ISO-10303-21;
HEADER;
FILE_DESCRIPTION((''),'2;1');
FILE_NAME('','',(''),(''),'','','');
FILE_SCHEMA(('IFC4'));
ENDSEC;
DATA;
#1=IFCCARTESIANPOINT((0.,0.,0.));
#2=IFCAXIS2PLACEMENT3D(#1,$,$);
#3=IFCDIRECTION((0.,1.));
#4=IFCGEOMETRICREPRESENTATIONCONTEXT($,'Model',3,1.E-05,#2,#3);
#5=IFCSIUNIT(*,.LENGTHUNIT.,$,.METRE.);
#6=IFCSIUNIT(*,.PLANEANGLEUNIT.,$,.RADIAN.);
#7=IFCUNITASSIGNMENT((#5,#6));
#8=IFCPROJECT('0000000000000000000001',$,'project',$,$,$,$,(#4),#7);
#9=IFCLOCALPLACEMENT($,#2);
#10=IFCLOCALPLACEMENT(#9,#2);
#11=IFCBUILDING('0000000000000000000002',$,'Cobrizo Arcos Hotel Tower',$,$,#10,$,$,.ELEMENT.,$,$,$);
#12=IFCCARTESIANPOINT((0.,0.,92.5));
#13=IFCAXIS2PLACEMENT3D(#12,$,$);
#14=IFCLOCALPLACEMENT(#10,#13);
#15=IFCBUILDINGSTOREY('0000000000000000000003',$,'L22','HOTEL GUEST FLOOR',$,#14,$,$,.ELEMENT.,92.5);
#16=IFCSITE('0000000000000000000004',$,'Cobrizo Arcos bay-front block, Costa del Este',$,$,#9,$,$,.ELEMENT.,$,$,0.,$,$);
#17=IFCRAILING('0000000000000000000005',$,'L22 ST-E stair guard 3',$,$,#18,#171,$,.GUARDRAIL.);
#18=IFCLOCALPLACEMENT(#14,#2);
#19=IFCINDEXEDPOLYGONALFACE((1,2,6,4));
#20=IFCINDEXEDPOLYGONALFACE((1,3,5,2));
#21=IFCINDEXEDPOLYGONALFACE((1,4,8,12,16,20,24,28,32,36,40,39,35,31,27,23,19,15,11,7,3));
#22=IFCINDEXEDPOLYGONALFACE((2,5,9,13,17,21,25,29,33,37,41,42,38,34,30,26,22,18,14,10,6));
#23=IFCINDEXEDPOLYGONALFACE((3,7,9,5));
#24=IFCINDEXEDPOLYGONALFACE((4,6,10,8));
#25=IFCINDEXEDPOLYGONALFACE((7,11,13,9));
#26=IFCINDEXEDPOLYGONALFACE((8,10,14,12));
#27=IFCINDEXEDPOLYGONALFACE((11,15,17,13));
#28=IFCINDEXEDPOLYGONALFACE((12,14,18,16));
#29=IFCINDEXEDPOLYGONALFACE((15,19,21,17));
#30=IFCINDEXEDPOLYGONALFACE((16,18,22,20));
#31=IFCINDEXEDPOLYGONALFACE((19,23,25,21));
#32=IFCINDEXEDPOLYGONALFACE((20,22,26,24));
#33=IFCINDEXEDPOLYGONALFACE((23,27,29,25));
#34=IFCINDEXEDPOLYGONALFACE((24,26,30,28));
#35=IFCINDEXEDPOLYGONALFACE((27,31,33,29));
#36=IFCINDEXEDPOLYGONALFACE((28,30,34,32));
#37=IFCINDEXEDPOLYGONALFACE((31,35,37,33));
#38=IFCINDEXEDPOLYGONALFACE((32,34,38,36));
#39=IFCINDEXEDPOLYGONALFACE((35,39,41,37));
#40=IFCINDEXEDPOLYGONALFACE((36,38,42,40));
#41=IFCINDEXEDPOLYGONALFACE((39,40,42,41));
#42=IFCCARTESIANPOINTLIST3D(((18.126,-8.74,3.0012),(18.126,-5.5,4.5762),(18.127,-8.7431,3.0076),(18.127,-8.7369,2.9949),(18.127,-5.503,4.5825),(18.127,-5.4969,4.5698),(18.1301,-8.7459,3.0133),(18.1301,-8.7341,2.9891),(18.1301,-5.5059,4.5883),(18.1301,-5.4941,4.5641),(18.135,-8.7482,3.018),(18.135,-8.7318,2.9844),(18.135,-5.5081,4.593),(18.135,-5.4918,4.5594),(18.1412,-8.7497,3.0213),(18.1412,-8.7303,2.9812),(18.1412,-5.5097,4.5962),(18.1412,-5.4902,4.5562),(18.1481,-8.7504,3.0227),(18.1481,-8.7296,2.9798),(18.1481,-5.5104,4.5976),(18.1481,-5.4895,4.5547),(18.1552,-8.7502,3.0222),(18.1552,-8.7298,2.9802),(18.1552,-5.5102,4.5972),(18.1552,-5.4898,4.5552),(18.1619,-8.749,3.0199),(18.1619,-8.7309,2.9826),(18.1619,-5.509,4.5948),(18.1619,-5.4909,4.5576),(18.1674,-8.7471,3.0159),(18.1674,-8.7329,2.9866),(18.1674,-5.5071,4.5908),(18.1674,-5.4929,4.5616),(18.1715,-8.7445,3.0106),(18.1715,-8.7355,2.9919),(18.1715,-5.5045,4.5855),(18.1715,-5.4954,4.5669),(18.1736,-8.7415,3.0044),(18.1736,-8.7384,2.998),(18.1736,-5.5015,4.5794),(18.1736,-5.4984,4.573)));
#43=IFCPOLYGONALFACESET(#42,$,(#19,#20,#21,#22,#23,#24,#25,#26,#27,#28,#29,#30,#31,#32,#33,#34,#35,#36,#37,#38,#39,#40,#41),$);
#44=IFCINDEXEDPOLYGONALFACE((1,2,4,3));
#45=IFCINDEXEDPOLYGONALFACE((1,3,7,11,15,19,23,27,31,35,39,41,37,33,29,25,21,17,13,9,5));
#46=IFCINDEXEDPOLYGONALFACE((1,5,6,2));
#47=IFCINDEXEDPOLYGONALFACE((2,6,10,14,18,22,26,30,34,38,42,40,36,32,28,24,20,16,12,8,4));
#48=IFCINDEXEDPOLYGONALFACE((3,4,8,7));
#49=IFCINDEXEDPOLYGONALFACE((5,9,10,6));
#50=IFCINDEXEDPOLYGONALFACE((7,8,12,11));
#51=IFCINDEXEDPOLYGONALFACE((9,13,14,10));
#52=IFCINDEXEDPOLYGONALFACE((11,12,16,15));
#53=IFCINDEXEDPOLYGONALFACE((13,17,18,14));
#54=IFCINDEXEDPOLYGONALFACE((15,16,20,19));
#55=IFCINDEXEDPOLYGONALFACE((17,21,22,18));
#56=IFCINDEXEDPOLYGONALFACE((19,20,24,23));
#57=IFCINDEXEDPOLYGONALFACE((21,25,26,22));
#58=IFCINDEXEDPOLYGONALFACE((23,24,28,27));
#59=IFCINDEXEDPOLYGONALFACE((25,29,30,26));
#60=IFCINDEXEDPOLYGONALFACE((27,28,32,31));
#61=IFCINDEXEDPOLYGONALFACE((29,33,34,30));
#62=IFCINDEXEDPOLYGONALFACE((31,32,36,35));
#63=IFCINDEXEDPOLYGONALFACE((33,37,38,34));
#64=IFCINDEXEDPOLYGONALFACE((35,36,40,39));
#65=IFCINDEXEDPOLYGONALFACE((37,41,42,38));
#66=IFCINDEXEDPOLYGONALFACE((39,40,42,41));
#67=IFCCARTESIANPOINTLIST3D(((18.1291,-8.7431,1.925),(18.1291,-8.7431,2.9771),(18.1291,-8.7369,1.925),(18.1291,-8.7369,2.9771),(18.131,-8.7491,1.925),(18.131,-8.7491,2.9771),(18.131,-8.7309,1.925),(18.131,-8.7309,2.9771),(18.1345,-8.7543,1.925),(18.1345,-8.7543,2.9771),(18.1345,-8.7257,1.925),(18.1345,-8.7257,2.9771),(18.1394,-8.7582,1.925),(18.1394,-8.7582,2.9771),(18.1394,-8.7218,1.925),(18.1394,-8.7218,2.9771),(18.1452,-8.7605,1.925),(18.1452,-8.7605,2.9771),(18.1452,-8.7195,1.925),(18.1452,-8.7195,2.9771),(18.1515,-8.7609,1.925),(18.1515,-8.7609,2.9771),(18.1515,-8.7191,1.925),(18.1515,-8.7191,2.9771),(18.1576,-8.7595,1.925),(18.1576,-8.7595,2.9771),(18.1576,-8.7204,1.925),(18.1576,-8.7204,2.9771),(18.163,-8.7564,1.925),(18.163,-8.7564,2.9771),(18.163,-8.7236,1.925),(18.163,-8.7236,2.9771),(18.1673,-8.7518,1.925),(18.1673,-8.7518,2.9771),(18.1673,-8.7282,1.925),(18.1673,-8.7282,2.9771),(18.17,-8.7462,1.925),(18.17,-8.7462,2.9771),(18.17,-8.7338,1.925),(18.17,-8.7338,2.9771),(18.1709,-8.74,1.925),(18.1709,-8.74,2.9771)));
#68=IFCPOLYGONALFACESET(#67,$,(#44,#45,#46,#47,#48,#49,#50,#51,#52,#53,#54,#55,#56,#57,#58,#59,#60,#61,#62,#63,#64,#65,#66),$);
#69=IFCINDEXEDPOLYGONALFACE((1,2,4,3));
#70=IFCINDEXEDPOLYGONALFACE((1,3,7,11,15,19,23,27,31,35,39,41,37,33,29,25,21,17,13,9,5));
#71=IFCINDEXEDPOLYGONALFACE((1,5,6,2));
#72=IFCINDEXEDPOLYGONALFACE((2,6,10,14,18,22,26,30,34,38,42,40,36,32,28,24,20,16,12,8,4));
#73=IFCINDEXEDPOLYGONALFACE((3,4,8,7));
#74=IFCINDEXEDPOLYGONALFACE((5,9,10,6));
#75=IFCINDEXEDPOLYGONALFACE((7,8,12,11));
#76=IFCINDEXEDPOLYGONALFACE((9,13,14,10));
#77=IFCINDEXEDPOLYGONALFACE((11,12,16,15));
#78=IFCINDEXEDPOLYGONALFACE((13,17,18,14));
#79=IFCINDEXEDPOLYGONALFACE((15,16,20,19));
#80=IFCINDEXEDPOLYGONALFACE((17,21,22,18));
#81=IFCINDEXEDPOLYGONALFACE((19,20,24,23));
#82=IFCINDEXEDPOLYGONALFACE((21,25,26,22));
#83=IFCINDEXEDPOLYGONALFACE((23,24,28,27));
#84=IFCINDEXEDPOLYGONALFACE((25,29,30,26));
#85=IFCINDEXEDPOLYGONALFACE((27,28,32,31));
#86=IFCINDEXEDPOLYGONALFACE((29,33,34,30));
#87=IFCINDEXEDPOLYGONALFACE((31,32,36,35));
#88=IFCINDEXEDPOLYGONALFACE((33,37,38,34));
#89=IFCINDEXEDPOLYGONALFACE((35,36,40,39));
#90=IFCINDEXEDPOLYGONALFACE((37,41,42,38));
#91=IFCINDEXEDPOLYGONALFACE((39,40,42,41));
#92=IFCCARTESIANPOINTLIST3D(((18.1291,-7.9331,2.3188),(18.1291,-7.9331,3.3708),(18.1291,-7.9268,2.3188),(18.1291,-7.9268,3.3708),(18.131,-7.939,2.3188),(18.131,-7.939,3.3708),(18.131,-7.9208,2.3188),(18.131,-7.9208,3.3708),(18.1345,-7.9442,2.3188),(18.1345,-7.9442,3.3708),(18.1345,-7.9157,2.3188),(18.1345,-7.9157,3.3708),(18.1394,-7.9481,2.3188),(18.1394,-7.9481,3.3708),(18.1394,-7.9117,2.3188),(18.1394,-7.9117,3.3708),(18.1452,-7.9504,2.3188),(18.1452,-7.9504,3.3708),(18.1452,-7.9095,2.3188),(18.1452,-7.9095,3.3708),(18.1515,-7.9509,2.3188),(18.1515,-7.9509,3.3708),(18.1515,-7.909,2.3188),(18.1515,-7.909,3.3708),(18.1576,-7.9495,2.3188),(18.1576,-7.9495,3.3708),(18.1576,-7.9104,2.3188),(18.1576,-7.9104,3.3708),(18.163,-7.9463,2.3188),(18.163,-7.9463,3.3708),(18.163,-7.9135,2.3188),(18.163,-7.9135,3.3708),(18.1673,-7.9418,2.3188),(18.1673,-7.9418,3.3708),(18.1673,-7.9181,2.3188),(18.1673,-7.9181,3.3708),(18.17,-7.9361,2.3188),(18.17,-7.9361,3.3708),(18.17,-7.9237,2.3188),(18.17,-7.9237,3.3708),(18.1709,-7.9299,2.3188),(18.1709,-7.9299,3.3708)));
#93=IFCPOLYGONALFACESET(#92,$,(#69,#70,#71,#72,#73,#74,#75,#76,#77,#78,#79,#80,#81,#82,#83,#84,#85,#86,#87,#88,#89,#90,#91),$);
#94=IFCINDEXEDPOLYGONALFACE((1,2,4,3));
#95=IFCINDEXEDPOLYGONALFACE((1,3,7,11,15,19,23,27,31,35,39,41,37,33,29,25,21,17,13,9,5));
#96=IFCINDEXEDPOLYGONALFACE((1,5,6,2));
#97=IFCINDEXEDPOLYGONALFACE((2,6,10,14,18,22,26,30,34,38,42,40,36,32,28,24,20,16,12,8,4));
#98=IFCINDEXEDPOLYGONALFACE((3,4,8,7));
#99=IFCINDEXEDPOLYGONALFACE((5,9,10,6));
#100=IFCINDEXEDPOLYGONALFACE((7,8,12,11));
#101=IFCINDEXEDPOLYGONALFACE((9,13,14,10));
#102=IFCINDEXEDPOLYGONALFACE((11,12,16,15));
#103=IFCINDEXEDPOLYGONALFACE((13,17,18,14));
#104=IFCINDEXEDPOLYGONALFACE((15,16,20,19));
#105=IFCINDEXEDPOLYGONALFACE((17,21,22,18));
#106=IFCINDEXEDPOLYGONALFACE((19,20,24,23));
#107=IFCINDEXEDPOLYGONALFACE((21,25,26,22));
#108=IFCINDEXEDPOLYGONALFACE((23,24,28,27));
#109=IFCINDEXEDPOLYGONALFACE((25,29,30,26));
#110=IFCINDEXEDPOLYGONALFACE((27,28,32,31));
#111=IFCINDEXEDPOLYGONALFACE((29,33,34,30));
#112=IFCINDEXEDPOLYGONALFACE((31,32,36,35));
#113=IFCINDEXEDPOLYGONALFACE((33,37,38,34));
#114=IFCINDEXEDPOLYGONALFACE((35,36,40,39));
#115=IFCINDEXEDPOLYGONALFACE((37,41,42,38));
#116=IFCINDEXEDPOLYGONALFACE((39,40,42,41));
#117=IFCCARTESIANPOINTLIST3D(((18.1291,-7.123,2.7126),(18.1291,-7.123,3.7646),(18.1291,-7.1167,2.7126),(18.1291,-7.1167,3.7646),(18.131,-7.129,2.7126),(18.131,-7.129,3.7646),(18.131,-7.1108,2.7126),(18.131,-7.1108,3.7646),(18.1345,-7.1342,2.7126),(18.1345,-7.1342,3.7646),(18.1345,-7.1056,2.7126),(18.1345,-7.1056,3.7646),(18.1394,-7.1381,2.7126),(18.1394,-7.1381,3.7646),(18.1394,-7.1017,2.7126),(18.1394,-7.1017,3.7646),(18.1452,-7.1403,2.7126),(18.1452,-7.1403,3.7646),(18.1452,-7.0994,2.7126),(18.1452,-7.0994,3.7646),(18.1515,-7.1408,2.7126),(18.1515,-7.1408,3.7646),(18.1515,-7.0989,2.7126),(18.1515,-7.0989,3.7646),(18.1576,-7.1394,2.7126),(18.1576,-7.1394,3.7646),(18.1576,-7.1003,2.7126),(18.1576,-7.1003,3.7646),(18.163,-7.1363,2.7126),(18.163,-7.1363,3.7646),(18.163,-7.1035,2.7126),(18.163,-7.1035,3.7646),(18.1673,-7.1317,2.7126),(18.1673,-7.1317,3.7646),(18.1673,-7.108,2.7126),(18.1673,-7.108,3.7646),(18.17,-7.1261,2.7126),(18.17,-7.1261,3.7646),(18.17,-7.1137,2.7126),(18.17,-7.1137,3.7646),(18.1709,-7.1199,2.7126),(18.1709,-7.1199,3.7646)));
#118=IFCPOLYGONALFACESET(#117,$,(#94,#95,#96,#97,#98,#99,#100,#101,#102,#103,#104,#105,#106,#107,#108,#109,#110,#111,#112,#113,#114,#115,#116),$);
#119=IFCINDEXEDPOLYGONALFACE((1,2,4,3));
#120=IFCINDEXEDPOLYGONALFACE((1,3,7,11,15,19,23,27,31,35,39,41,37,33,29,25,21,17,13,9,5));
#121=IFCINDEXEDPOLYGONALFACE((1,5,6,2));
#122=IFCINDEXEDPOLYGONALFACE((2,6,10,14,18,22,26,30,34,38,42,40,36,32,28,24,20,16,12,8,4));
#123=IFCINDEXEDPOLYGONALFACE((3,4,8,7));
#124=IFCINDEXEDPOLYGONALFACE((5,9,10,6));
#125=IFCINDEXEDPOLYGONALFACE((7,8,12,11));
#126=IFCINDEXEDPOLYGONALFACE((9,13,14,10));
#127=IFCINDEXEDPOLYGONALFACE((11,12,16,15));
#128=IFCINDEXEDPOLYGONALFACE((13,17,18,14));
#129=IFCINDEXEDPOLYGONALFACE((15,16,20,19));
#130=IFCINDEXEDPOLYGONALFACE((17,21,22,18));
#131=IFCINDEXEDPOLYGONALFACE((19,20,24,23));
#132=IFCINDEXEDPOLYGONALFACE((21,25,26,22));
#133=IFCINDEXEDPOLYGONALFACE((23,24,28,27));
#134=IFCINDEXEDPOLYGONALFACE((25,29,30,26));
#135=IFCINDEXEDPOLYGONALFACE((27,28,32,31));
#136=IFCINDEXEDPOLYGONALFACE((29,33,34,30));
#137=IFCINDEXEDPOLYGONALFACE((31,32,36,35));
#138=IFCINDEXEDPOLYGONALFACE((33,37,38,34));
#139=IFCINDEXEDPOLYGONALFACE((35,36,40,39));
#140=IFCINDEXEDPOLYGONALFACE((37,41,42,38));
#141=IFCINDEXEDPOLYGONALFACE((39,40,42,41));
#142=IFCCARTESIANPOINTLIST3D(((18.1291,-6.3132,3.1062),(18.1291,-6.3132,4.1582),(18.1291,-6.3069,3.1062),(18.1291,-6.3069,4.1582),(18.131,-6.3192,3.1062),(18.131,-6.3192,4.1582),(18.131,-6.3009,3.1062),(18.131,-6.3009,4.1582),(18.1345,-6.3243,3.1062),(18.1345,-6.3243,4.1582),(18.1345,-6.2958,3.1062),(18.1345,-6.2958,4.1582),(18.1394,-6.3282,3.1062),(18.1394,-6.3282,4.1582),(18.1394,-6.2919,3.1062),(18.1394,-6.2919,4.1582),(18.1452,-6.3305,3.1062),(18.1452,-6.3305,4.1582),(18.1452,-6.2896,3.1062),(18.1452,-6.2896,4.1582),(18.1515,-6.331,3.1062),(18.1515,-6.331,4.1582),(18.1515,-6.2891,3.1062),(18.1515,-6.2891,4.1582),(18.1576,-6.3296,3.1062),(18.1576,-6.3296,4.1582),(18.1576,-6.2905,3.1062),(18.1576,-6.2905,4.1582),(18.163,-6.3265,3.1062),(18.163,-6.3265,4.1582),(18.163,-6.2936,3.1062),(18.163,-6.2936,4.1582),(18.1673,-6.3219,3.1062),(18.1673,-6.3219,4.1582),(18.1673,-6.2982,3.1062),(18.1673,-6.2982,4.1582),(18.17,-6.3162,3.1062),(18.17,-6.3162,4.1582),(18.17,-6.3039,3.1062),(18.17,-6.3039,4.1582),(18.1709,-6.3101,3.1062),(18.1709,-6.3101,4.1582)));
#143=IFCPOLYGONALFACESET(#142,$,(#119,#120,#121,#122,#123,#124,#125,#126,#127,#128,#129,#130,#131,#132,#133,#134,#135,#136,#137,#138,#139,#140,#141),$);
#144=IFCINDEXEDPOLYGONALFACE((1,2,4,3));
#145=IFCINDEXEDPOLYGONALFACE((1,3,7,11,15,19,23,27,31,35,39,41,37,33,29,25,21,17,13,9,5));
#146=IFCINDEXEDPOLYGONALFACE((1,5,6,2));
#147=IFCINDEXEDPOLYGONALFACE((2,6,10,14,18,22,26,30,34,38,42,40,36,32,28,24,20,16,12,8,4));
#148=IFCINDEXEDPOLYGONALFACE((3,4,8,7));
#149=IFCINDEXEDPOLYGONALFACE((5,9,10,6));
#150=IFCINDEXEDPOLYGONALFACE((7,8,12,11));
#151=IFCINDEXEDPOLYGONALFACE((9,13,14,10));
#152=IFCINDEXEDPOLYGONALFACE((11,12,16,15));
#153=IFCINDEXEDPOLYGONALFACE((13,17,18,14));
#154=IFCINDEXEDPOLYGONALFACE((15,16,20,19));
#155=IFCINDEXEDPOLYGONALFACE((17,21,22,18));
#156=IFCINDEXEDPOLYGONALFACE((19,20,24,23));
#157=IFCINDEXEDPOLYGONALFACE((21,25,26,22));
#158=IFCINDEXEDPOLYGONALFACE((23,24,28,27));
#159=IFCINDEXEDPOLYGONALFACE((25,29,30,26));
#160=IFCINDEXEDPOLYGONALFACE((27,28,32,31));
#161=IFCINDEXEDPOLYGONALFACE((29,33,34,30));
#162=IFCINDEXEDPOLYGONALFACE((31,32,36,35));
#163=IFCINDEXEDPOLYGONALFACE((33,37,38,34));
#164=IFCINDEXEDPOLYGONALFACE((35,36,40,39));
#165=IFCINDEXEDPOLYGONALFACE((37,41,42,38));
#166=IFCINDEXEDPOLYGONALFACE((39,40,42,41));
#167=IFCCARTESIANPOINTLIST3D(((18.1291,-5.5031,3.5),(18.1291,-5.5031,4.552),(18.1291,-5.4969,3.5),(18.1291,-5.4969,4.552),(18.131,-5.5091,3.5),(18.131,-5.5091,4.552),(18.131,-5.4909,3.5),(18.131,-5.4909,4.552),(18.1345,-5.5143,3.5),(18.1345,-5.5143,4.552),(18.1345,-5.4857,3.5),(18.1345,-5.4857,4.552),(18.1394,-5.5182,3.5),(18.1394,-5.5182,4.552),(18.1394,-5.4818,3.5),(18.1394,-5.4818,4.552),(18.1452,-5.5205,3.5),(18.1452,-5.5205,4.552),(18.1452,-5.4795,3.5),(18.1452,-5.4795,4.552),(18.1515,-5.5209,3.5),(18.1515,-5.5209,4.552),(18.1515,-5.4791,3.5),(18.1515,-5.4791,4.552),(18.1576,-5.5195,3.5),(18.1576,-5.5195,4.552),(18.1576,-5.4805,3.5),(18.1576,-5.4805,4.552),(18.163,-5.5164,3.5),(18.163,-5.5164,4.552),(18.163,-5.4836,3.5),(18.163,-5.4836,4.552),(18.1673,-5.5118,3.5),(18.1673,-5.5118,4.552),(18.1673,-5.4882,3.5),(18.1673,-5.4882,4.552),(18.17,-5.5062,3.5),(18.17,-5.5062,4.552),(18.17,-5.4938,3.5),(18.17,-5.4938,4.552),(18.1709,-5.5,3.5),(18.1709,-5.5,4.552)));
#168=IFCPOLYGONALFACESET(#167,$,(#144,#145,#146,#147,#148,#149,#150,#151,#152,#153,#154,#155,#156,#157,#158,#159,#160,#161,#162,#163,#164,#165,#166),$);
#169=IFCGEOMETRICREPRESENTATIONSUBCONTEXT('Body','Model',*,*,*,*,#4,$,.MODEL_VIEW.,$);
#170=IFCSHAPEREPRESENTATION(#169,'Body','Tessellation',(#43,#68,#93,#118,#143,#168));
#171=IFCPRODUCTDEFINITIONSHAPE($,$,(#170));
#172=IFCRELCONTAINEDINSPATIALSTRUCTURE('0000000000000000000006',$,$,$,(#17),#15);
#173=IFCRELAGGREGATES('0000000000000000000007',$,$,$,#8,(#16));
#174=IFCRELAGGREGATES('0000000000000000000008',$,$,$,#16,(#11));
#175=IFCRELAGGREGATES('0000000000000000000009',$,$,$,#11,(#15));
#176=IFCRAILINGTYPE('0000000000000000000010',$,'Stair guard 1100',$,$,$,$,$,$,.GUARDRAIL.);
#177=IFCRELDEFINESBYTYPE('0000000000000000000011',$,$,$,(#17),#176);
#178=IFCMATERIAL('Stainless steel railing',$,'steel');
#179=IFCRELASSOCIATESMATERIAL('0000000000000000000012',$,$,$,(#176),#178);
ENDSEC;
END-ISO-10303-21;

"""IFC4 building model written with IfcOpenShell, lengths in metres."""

from ifc_helpers import new_model, si_unit, direction, frame, origin, origin_2d, place, context, subcontext, project, spatial, circle, extrude, material, type_object, element, save


model = new_model("IFC4")

# Units and contexts
model_context = context("Model", 3, precision=1e-05, world=origin(), true_north=direction((0.0, 1.0)))
body_context = subcontext(model_context, "Body", "Model", "MODEL_VIEW")
ifc_project = project(units=[si_unit("LENGTHUNIT", "METRE"), si_unit("PLANEANGLEUNIT", "RADIAN")], contexts=[model_context])

# Site, building, storey
site_placement = place(None, origin())
site = spatial("IfcSite", under=ifc_project, at=site_placement, Name="Cobrizo Arcos bay-front block, Costa del Este", CompositionType="ELEMENT", RefElevation=0.0)
building_placement = place(site_placement, origin())
building = spatial("IfcBuilding", under=site, at=building_placement, Name="Cobrizo Arcos Hotel Tower", CompositionType="ELEMENT")
storey_placement = place(building_placement, frame((0.0, 0.0, 92.5)))
storey = spatial("IfcBuildingStorey", under=building, at=storey_placement, Name="L22", Description="HOTEL GUEST FLOOR", CompositionType="ELEMENT", Elevation=92.5)

# Railing
ifc_material_1 = material(Name="Stainless steel railing", Category="steel")
railing_type_1 = type_object("IfcRailingType", Name="Stair guard 1100", PredefinedType="GUARDRAIL", material=ifc_material_1)
railing_1_placement = place(storey_placement, frame((18.1499, -8.74, 1.925)))
element("IfcRailing", 1, at=railing_1_placement, inside=storey, type_object=railing_type_1, Name="L22 ST-E stair guard 3", PredefinedType="GUARDRAIL", context=body_context, shape_type="SweptSolid", body=[
    extrude(circle(Radius=0.0239, at=origin_2d()), frame((0.0, 0.0, 1.0762), z_axis=(0.0, 0.899373, 0.437183), x_axis=(-1.0, 0.0, 0.0)), (0.0, 0.0, 1.0), 3.6025),
    extrude(circle(Radius=0.021, at=origin_2d()), origin(), (0.0, 0.0, 1.0), 1.052),
    extrude(circle(Radius=0.021, at=origin_2d()), frame((0.0, 0.8101, 0.3938)), (0.0, 0.0, 1.0), 1.052),
    extrude(circle(Radius=0.021, at=origin_2d()), frame((0.0, 1.6201, 0.7876)), (0.0, 0.0, 1.0), 1.052),
    extrude(circle(Radius=0.021, at=origin_2d()), frame((0.0, 2.4299, 1.1812)), (0.0, 0.0, 1.0), 1.052),
    extrude(circle(Radius=0.021, at=origin_2d()), frame((0.0, 3.24, 1.575)), (0.0, 0.0, 1.0), 1.052),
])

save(model, "model.ifc")
